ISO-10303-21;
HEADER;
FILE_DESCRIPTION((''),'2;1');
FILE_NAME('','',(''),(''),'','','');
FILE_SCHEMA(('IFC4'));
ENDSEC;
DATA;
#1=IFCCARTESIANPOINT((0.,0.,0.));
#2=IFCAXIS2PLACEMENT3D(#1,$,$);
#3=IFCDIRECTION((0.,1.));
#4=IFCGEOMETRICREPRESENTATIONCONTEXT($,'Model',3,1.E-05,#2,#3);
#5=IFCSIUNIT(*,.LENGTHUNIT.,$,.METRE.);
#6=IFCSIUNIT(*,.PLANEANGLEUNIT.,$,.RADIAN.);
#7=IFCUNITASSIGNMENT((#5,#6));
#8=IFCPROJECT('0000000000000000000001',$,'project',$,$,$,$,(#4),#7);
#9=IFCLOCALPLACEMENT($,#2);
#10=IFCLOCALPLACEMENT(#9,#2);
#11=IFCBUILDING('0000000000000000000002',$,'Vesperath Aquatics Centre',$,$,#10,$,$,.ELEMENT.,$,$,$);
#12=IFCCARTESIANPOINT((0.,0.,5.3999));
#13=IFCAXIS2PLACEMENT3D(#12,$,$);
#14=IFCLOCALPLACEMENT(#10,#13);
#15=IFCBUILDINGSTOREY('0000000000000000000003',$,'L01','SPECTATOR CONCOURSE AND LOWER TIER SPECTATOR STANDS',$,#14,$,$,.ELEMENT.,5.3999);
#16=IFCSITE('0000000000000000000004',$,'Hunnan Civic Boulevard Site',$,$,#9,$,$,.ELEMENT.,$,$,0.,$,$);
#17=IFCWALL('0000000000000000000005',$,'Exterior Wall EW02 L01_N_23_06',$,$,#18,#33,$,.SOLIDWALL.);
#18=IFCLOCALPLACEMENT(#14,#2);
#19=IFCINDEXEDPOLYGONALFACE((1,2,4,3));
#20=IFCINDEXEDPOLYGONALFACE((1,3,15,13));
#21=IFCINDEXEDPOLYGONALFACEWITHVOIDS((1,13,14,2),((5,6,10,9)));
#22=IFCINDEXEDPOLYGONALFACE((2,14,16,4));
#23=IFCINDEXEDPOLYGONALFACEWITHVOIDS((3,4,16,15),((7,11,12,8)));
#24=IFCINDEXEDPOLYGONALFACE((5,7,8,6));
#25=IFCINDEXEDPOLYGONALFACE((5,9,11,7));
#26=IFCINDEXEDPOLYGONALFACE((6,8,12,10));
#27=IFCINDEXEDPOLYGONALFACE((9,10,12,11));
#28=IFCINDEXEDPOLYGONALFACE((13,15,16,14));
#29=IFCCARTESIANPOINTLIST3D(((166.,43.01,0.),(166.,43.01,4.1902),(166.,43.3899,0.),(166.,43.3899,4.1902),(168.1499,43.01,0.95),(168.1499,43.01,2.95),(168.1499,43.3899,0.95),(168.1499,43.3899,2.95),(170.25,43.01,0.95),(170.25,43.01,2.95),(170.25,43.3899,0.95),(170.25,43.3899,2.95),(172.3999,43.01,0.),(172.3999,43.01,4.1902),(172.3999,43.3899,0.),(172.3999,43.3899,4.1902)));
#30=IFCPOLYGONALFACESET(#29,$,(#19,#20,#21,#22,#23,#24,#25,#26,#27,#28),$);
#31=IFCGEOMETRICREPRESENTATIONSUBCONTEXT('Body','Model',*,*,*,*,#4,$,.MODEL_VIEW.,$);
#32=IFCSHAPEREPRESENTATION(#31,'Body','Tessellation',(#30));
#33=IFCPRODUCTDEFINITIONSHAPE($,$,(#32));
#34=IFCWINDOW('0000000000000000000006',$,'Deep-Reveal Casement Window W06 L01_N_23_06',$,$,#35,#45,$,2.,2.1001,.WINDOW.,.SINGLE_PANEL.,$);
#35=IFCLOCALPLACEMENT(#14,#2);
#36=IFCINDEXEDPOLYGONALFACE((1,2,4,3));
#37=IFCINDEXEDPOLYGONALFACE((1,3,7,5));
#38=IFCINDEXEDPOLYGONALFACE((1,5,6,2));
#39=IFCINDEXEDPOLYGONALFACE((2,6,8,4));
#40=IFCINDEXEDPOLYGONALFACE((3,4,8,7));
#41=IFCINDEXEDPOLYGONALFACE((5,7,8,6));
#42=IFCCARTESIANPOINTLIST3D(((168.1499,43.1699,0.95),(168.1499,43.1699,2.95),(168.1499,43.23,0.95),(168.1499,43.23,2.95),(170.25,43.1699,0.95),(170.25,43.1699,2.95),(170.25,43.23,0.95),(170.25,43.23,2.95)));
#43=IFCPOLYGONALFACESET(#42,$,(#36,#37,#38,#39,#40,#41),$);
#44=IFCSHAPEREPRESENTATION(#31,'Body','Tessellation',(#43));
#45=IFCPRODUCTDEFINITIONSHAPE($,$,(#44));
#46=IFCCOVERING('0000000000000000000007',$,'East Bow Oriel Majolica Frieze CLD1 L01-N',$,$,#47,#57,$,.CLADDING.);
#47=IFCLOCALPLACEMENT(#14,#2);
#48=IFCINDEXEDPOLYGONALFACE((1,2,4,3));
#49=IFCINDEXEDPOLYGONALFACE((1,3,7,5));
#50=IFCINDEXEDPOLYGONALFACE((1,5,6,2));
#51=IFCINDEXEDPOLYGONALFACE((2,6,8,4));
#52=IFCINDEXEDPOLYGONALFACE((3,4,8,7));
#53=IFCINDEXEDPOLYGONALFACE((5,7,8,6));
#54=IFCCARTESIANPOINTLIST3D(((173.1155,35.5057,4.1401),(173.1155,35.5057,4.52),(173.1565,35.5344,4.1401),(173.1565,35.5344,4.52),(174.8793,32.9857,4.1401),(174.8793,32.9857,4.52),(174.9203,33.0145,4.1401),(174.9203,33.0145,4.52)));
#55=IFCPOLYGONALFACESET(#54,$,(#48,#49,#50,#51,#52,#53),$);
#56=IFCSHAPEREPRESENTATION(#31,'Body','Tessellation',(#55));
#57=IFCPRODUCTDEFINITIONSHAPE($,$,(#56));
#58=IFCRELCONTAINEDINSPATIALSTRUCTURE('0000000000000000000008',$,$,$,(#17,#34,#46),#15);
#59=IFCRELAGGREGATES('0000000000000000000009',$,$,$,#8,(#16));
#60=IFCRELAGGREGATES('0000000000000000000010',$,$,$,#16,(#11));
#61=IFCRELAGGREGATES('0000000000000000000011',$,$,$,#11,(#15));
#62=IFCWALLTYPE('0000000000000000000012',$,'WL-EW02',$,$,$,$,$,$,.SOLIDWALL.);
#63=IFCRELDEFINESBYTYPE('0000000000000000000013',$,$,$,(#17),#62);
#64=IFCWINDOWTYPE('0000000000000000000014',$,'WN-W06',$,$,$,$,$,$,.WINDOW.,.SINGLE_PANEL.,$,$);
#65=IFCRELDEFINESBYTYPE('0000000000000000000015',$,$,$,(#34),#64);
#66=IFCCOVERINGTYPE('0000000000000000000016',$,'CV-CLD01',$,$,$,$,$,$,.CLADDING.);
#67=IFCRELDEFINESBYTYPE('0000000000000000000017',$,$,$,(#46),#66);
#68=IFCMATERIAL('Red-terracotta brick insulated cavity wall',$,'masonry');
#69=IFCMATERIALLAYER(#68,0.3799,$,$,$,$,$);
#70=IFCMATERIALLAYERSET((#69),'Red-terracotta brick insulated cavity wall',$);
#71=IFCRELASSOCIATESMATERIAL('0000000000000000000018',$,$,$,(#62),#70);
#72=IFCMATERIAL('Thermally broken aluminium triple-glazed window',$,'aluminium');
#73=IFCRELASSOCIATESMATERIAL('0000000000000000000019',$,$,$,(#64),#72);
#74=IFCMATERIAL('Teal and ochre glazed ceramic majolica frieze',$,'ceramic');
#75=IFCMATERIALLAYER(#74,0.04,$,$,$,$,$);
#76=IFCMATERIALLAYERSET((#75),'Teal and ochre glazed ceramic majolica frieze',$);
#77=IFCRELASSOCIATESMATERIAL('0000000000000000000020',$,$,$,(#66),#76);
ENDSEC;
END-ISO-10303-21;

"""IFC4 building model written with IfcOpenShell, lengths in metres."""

from ifc_helpers import new_model, si_unit, direction, frame, frame_2d, origin, place, context, subcontext, project, spatial, rectangle, extrude, material, layer, layer_set, type_object, element, fill, save


model = new_model("IFC4")

# Units and contexts
model_context = context("Model", 3, precision=1e-05, world=origin(), true_north=direction((0.0, 1.0)))
body_context = subcontext(model_context, "Body", "Model", "MODEL_VIEW")
ifc_project = project(units=[si_unit("LENGTHUNIT", "METRE"), si_unit("PLANEANGLEUNIT", "RADIAN")], contexts=[model_context])

# Site, building, storey
site_placement = place(None, origin())
site = spatial("IfcSite", under=ifc_project, at=site_placement, Name="Hunnan Civic Boulevard Site", CompositionType="ELEMENT", RefElevation=0.0)
building_placement = place(site_placement, origin())
building = spatial("IfcBuilding", under=site, at=building_placement, Name="Vesperath Aquatics Centre", CompositionType="ELEMENT")
storey_placement = place(building_placement, frame((0.0, 0.0, 5.3999)))
storey = spatial("IfcBuildingStorey", under=building, at=storey_placement, Name="L01", Description="SPECTATOR CONCOURSE AND LOWER TIER SPECTATOR STANDS", CompositionType="ELEMENT", Elevation=5.3999)

# Wall, opening, window
ifc_material_1 = material(Name="Red-terracotta brick insulated cavity wall", Category="masonry")
ifc_layer_1 = layer(ifc_material_1, 0.3799)
ifc_layer_set_1 = layer_set([ifc_layer_1], Name="Red-terracotta brick insulated cavity wall")
wall_type = type_object("IfcWallType", Name="WL-EW02", PredefinedType="SOLIDWALL", material=ifc_layer_set_1)
wall_placement = place(storey_placement, frame((166.0, 43.2, 0.0), z_axis=(0.0, 0.0, 1.0), x_axis=(1.0, 0.0, 0.0)))
wall = element("IfcWall", 1, at=wall_placement, inside=storey, type_object=wall_type, Name="Exterior Wall EW02 L01_N_23_06", PredefinedType="SOLIDWALL", context=body_context, shape_type="SweptSolid", body=[
    extrude(rectangle(XDim=6.3999, YDim=0.3799, at=frame_2d((3.2, 0.0))), origin(), (0.0, 0.0, 1.0), 4.1902),
])
opening_placement = place(wall_placement, frame((2.1499, 0.0, 0.95)))
opening = element("IfcOpeningElement", 2, at=opening_placement, cuts=wall, PredefinedType="OPENING", context=body_context, shape_type="SweptSolid", body=[
    extrude(rectangle(XDim=2.1001, YDim=2.0, at=frame_2d((1.05, 1.0))), frame((0.0, 0.2048, 0.0), z_axis=(0.0, -1.0, 0.0), x_axis=(1.0, 0.0, 0.0)), (0.0, 0.0, 1.0), 0.4097),
])
ifc_material_2 = material(Name="Thermally broken aluminium triple-glazed window", Category="aluminium")
window_type = type_object("IfcWindowType", Name="WN-W06", PartitioningType="SINGLE_PANEL", PredefinedType="WINDOW", material=ifc_material_2)
window_placement = place(opening_placement, origin())
window = element("IfcWindow", 3, at=window_placement, inside=storey, type_object=window_type, Name="Deep-Reveal Casement Window W06 L01_N_23_06", OverallHeight=2.0, OverallWidth=2.1001, PartitioningType="SINGLE_PANEL", PredefinedType="WINDOW", context=body_context, shape_type="SweptSolid", body=[
    extrude(rectangle(XDim=2.1001, YDim=2.0, at=frame_2d((1.05, 1.0))), frame((0.0, 0.03, 0.0), z_axis=(0.0, -1.0, 0.0), x_axis=(1.0, 0.0, 0.0)), (0.0, 0.0, 1.0), 0.0601),
])
fill(opening, window)

# Covering
ifc_material_3 = material(Name="Teal and ochre glazed ceramic majolica frieze", Category="ceramic")
ifc_layer_2 = layer(ifc_material_3, 0.04)
ifc_layer_set_2 = layer_set([ifc_layer_2], Name="Teal and ochre glazed ceramic majolica frieze")
covering_type = type_object("IfcCoveringType", Name="CV-CLD01", PredefinedType="CLADDING", material=ifc_layer_set_2)
covering_placement = place(storey_placement, frame((174.8999, 33.0, 4.1401), z_axis=(0.0, 0.0, 1.0), x_axis=(-0.573441, 0.819247, 0.0)))
element("IfcCovering", 4, at=covering_placement, inside=storey, type_object=covering_type, Name="East Bow Oriel Majolica Frieze CLD1 L01-N", PredefinedType="CLADDING", context=body_context, shape_type="SweptSolid", body=[
    extrude(rectangle(XDim=3.0759, YDim=0.05, at=frame_2d((1.5381, 0.0))), origin(), (0.0, 0.0, 1.0), 0.3799),
])

save(model, "model.ifc")
